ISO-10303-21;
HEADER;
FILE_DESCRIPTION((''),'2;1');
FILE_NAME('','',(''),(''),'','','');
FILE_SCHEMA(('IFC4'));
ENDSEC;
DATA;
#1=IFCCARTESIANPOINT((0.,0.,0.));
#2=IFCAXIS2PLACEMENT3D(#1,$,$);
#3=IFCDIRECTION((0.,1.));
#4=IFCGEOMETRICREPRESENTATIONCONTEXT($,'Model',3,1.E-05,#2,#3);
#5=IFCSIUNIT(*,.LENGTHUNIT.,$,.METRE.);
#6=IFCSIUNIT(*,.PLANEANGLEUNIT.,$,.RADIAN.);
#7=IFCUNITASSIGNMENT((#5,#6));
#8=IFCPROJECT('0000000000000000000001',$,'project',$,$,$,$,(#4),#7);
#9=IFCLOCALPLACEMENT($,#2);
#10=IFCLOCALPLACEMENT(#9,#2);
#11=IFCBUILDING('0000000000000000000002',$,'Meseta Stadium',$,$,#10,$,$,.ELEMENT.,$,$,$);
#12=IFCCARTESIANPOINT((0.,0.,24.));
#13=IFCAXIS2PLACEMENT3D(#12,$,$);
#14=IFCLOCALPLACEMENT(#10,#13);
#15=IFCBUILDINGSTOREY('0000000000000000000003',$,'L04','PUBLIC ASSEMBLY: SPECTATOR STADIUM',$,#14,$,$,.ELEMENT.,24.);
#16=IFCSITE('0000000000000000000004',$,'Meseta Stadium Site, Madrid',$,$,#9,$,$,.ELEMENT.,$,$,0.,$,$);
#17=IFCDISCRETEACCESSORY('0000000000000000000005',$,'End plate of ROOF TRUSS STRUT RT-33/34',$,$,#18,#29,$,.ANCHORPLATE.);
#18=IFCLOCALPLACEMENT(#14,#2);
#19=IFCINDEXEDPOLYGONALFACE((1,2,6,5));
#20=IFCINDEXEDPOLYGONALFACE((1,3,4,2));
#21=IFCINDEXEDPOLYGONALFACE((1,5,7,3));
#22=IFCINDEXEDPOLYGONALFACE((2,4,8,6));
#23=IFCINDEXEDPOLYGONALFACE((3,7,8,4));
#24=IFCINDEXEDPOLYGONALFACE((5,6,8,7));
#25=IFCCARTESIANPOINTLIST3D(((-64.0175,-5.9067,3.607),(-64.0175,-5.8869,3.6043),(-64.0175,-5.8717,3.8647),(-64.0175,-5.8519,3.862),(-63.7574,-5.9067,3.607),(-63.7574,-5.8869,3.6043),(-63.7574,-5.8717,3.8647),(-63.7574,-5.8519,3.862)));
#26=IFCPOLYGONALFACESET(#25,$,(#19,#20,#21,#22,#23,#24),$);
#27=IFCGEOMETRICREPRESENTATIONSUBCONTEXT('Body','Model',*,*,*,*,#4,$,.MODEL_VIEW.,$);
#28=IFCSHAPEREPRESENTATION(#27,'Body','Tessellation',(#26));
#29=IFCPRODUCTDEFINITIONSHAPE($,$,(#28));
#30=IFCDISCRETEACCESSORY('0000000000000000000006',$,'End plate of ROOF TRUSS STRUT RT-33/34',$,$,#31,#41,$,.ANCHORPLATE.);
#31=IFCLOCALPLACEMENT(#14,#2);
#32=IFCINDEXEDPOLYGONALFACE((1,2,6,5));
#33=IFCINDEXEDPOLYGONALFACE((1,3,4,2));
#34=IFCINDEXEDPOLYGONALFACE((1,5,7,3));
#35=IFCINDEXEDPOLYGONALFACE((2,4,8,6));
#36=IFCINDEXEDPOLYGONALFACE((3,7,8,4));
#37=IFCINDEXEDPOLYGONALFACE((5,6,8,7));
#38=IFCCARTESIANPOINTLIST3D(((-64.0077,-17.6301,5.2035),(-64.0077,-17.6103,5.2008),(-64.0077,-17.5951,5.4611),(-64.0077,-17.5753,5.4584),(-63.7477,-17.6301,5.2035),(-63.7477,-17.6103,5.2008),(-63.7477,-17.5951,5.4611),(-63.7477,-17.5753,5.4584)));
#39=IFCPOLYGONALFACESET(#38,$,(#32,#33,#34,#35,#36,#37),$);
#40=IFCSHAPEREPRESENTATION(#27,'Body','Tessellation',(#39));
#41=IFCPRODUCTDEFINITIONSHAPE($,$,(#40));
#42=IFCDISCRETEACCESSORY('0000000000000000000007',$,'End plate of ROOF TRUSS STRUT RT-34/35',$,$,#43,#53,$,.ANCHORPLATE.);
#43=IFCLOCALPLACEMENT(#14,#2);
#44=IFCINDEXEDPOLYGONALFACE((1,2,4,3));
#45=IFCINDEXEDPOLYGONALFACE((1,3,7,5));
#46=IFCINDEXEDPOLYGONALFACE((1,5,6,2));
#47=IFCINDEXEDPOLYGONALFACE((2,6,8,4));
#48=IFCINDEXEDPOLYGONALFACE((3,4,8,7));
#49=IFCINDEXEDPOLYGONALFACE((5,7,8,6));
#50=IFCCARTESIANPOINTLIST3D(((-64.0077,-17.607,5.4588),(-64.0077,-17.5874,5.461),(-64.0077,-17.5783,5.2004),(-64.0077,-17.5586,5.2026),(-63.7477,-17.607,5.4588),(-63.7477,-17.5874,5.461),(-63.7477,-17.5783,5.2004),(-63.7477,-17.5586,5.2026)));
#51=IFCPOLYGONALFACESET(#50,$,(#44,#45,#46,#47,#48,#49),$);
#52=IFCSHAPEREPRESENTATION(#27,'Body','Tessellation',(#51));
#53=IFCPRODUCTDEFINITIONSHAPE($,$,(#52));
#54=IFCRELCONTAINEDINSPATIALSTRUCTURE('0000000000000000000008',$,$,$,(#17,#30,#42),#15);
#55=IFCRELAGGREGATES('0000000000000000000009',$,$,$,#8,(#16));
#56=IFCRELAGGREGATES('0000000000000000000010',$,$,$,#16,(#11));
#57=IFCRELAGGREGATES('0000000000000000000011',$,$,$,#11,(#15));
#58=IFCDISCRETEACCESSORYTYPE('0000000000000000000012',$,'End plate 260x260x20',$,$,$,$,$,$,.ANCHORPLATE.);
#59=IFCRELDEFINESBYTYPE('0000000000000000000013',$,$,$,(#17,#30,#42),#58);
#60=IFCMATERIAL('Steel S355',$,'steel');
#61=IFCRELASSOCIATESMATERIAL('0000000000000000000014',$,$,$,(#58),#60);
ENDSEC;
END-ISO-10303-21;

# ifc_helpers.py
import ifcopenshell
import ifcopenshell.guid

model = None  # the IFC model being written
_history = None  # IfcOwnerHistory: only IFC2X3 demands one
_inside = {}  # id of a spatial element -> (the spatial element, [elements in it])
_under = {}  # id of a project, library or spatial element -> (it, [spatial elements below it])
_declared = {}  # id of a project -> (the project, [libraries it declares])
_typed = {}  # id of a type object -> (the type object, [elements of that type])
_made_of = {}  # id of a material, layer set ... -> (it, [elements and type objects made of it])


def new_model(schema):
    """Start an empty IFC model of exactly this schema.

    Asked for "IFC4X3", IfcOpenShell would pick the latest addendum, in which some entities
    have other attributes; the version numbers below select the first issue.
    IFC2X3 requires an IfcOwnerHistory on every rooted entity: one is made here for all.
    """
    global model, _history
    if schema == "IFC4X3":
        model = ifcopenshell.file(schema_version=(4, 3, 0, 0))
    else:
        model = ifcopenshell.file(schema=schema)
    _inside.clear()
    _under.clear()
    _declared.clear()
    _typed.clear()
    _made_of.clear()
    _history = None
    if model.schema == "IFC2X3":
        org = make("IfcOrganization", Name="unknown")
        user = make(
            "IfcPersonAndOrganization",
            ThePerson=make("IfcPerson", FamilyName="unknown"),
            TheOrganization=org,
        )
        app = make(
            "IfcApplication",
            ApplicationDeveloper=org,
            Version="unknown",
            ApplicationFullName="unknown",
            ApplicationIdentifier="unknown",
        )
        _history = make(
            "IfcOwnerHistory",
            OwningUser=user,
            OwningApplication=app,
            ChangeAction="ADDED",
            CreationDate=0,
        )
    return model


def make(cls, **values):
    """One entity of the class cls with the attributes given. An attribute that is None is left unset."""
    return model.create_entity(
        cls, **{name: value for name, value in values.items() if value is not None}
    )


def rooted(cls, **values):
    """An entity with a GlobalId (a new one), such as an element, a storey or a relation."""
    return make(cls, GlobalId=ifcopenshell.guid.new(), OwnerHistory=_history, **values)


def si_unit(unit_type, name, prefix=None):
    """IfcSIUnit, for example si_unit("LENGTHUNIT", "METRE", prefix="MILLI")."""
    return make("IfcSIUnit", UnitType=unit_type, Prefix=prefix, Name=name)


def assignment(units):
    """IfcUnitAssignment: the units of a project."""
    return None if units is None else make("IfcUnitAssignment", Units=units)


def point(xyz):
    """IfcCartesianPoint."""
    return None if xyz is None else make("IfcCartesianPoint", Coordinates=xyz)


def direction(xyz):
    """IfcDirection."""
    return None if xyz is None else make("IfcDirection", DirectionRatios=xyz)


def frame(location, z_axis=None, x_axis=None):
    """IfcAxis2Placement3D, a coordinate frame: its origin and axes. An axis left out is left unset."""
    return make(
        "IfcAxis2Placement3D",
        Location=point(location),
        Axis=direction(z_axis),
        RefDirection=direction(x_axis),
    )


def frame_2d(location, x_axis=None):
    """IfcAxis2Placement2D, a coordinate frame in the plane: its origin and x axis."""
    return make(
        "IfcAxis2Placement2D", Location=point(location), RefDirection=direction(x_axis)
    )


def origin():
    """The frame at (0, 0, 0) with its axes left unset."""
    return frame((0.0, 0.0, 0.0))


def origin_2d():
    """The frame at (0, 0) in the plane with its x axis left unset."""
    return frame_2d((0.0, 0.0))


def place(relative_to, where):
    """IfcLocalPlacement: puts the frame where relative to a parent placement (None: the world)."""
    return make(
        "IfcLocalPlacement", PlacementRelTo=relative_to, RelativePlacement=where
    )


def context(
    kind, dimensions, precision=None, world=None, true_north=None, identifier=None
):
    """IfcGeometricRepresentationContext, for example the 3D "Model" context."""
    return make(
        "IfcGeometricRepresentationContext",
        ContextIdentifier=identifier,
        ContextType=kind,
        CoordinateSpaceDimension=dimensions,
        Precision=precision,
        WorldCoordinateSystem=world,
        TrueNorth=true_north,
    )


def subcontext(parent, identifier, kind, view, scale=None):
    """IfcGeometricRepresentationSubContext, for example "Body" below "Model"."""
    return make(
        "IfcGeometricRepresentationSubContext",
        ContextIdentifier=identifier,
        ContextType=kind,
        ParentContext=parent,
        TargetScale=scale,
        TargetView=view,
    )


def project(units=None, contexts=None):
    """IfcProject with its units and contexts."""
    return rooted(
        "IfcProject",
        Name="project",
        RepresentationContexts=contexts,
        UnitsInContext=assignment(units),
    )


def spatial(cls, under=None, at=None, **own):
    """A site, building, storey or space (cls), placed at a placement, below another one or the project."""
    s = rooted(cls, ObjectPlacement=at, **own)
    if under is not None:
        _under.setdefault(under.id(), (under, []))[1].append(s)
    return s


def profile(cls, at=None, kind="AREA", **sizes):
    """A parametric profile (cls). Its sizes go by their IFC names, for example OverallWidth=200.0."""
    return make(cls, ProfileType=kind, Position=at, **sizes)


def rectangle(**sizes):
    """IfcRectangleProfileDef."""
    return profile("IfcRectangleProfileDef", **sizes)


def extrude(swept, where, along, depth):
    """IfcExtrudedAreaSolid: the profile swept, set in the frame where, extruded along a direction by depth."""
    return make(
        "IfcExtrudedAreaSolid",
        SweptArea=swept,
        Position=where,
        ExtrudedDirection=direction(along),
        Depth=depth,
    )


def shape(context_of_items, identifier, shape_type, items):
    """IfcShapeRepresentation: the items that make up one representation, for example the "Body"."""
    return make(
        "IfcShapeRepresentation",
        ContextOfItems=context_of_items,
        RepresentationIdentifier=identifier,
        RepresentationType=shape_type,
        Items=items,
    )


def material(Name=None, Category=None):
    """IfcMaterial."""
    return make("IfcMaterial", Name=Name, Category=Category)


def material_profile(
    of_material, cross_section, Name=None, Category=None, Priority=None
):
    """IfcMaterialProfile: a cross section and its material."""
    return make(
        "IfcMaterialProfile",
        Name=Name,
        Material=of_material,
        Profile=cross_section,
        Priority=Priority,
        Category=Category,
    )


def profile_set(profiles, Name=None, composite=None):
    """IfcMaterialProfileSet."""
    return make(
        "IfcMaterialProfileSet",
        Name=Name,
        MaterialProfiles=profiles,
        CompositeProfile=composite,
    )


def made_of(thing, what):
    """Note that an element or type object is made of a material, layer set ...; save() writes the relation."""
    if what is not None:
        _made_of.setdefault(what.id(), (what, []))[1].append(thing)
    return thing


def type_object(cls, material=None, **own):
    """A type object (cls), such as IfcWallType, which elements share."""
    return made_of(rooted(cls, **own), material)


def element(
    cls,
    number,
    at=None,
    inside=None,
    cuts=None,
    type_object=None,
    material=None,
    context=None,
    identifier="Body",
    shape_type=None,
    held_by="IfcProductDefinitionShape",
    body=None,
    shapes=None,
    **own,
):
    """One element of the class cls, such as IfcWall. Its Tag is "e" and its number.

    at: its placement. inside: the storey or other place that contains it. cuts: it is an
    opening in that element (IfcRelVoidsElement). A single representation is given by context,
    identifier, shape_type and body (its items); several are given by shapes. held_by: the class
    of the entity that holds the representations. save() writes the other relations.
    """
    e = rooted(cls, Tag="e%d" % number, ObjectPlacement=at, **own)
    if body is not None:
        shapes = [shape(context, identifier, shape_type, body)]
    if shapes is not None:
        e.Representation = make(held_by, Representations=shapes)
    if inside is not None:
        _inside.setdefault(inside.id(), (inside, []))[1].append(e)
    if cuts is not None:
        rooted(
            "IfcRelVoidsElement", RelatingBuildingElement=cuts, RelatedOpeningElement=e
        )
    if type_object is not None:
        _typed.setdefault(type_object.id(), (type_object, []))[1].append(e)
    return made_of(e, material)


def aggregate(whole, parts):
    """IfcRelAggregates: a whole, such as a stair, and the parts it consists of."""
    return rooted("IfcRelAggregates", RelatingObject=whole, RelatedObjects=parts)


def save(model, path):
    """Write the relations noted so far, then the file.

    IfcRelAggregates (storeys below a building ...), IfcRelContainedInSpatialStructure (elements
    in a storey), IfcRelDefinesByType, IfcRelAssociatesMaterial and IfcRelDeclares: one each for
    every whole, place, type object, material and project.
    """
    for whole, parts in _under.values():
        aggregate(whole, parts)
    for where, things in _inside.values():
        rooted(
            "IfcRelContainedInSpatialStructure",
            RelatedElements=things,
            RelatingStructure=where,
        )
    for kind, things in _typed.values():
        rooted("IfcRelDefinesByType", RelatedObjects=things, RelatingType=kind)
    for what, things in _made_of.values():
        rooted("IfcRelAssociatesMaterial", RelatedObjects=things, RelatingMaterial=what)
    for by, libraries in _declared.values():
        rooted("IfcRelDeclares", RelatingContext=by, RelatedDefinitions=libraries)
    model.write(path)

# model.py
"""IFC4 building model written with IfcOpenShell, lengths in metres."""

from ifc_helpers import new_model, si_unit, direction, frame, origin, origin_2d, place, context, subcontext, project, spatial, rectangle, extrude, material, material_profile, profile_set, type_object, element, save


model = new_model("IFC4")

# Units and contexts
model_context = context("Model", 3, precision=1e-05, world=origin(), true_north=direction((0.0, 1.0)))
body_context = subcontext(model_context, "Body", "Model", "MODEL_VIEW")
ifc_project = project(units=[si_unit("LENGTHUNIT", "METRE"), si_unit("PLANEANGLEUNIT", "RADIAN")], contexts=[model_context])

# Site, building, storey
site_placement = place(None, origin())
site = spatial("IfcSite", under=ifc_project, at=site_placement, Name="Meseta Stadium Site, Madrid", CompositionType="ELEMENT", RefElevation=0.0)
building_placement = place(site_placement, origin())
building = spatial("IfcBuilding", under=site, at=building_placement, Name="Meseta Stadium", CompositionType="ELEMENT")
storey_placement = place(building_placement, frame((0.0, 0.0, 24.0)))
storey = spatial("IfcBuildingStorey", under=building, at=storey_placement, Name="L04", Description="PUBLIC ASSEMBLY: SPECTATOR STADIUM", CompositionType="ELEMENT", Elevation=24.0)

# Discrete accessories
ifc_material_1 = material(Name="Steel S355", Category="steel")
ifc_material_profile_1 = material_profile(ifc_material_1, rectangle(XDim=0.26, YDim=0.26, at=origin_2d()), Name="PL 260x260")
ifc_profile_set_1 = profile_set([ifc_material_profile_1], Name="Steel S355")
discrete_accessory_type_1 = type_object("IfcDiscreteAccessoryType", Name="End plate 260x260x20", PredefinedType="ANCHORPLATE", material=ifc_profile_set_1)
for number, where, z_axis, x_axis, name in (
    (1, (-63.8875, -5.8694, 3.7332), (0.0, -0.990904, 0.134567), (1.0, 0.0, 0.0), "End plate of ROOF TRUSS STRUT RT-33/34"),
    (2, (-63.8777, -17.5928, 5.3296), (0.0, -0.990904, 0.134567), (1.0, 0.0, 0.0), "End plate of ROOF TRUSS STRUT RT-33/34"),
):
    element("IfcDiscreteAccessory", number, at=place(storey_placement, frame(where, z_axis=z_axis, x_axis=x_axis)), inside=storey, type_object=discrete_accessory_type_1, Name=name, PredefinedType="ANCHORPLATE", context=body_context, shape_type="SweptSolid", body=[
        extrude(rectangle(XDim=0.26, YDim=0.26, at=origin_2d()), origin(), (0.0, 0.0, 1.0), 0.02),
    ])
discrete_accessory_1_placement = place(storey_placement, frame((-63.8777, -17.573, 5.3318), z_axis=(0.0, -0.993884, -0.110432), x_axis=(1.0, 0.0, 0.0)))
element("IfcDiscreteAccessory", 3, at=discrete_accessory_1_placement, inside=storey, type_object=discrete_accessory_type_1, Name="End plate of ROOF TRUSS STRUT RT-34/35", PredefinedType="ANCHORPLATE", context=body_context, shape_type="SweptSolid", body=[
    extrude(rectangle(XDim=0.26, YDim=0.26, at=origin_2d()), origin(), (0.0, 0.0, 1.0), 0.0198),
])

save(model, "model.ifc")
